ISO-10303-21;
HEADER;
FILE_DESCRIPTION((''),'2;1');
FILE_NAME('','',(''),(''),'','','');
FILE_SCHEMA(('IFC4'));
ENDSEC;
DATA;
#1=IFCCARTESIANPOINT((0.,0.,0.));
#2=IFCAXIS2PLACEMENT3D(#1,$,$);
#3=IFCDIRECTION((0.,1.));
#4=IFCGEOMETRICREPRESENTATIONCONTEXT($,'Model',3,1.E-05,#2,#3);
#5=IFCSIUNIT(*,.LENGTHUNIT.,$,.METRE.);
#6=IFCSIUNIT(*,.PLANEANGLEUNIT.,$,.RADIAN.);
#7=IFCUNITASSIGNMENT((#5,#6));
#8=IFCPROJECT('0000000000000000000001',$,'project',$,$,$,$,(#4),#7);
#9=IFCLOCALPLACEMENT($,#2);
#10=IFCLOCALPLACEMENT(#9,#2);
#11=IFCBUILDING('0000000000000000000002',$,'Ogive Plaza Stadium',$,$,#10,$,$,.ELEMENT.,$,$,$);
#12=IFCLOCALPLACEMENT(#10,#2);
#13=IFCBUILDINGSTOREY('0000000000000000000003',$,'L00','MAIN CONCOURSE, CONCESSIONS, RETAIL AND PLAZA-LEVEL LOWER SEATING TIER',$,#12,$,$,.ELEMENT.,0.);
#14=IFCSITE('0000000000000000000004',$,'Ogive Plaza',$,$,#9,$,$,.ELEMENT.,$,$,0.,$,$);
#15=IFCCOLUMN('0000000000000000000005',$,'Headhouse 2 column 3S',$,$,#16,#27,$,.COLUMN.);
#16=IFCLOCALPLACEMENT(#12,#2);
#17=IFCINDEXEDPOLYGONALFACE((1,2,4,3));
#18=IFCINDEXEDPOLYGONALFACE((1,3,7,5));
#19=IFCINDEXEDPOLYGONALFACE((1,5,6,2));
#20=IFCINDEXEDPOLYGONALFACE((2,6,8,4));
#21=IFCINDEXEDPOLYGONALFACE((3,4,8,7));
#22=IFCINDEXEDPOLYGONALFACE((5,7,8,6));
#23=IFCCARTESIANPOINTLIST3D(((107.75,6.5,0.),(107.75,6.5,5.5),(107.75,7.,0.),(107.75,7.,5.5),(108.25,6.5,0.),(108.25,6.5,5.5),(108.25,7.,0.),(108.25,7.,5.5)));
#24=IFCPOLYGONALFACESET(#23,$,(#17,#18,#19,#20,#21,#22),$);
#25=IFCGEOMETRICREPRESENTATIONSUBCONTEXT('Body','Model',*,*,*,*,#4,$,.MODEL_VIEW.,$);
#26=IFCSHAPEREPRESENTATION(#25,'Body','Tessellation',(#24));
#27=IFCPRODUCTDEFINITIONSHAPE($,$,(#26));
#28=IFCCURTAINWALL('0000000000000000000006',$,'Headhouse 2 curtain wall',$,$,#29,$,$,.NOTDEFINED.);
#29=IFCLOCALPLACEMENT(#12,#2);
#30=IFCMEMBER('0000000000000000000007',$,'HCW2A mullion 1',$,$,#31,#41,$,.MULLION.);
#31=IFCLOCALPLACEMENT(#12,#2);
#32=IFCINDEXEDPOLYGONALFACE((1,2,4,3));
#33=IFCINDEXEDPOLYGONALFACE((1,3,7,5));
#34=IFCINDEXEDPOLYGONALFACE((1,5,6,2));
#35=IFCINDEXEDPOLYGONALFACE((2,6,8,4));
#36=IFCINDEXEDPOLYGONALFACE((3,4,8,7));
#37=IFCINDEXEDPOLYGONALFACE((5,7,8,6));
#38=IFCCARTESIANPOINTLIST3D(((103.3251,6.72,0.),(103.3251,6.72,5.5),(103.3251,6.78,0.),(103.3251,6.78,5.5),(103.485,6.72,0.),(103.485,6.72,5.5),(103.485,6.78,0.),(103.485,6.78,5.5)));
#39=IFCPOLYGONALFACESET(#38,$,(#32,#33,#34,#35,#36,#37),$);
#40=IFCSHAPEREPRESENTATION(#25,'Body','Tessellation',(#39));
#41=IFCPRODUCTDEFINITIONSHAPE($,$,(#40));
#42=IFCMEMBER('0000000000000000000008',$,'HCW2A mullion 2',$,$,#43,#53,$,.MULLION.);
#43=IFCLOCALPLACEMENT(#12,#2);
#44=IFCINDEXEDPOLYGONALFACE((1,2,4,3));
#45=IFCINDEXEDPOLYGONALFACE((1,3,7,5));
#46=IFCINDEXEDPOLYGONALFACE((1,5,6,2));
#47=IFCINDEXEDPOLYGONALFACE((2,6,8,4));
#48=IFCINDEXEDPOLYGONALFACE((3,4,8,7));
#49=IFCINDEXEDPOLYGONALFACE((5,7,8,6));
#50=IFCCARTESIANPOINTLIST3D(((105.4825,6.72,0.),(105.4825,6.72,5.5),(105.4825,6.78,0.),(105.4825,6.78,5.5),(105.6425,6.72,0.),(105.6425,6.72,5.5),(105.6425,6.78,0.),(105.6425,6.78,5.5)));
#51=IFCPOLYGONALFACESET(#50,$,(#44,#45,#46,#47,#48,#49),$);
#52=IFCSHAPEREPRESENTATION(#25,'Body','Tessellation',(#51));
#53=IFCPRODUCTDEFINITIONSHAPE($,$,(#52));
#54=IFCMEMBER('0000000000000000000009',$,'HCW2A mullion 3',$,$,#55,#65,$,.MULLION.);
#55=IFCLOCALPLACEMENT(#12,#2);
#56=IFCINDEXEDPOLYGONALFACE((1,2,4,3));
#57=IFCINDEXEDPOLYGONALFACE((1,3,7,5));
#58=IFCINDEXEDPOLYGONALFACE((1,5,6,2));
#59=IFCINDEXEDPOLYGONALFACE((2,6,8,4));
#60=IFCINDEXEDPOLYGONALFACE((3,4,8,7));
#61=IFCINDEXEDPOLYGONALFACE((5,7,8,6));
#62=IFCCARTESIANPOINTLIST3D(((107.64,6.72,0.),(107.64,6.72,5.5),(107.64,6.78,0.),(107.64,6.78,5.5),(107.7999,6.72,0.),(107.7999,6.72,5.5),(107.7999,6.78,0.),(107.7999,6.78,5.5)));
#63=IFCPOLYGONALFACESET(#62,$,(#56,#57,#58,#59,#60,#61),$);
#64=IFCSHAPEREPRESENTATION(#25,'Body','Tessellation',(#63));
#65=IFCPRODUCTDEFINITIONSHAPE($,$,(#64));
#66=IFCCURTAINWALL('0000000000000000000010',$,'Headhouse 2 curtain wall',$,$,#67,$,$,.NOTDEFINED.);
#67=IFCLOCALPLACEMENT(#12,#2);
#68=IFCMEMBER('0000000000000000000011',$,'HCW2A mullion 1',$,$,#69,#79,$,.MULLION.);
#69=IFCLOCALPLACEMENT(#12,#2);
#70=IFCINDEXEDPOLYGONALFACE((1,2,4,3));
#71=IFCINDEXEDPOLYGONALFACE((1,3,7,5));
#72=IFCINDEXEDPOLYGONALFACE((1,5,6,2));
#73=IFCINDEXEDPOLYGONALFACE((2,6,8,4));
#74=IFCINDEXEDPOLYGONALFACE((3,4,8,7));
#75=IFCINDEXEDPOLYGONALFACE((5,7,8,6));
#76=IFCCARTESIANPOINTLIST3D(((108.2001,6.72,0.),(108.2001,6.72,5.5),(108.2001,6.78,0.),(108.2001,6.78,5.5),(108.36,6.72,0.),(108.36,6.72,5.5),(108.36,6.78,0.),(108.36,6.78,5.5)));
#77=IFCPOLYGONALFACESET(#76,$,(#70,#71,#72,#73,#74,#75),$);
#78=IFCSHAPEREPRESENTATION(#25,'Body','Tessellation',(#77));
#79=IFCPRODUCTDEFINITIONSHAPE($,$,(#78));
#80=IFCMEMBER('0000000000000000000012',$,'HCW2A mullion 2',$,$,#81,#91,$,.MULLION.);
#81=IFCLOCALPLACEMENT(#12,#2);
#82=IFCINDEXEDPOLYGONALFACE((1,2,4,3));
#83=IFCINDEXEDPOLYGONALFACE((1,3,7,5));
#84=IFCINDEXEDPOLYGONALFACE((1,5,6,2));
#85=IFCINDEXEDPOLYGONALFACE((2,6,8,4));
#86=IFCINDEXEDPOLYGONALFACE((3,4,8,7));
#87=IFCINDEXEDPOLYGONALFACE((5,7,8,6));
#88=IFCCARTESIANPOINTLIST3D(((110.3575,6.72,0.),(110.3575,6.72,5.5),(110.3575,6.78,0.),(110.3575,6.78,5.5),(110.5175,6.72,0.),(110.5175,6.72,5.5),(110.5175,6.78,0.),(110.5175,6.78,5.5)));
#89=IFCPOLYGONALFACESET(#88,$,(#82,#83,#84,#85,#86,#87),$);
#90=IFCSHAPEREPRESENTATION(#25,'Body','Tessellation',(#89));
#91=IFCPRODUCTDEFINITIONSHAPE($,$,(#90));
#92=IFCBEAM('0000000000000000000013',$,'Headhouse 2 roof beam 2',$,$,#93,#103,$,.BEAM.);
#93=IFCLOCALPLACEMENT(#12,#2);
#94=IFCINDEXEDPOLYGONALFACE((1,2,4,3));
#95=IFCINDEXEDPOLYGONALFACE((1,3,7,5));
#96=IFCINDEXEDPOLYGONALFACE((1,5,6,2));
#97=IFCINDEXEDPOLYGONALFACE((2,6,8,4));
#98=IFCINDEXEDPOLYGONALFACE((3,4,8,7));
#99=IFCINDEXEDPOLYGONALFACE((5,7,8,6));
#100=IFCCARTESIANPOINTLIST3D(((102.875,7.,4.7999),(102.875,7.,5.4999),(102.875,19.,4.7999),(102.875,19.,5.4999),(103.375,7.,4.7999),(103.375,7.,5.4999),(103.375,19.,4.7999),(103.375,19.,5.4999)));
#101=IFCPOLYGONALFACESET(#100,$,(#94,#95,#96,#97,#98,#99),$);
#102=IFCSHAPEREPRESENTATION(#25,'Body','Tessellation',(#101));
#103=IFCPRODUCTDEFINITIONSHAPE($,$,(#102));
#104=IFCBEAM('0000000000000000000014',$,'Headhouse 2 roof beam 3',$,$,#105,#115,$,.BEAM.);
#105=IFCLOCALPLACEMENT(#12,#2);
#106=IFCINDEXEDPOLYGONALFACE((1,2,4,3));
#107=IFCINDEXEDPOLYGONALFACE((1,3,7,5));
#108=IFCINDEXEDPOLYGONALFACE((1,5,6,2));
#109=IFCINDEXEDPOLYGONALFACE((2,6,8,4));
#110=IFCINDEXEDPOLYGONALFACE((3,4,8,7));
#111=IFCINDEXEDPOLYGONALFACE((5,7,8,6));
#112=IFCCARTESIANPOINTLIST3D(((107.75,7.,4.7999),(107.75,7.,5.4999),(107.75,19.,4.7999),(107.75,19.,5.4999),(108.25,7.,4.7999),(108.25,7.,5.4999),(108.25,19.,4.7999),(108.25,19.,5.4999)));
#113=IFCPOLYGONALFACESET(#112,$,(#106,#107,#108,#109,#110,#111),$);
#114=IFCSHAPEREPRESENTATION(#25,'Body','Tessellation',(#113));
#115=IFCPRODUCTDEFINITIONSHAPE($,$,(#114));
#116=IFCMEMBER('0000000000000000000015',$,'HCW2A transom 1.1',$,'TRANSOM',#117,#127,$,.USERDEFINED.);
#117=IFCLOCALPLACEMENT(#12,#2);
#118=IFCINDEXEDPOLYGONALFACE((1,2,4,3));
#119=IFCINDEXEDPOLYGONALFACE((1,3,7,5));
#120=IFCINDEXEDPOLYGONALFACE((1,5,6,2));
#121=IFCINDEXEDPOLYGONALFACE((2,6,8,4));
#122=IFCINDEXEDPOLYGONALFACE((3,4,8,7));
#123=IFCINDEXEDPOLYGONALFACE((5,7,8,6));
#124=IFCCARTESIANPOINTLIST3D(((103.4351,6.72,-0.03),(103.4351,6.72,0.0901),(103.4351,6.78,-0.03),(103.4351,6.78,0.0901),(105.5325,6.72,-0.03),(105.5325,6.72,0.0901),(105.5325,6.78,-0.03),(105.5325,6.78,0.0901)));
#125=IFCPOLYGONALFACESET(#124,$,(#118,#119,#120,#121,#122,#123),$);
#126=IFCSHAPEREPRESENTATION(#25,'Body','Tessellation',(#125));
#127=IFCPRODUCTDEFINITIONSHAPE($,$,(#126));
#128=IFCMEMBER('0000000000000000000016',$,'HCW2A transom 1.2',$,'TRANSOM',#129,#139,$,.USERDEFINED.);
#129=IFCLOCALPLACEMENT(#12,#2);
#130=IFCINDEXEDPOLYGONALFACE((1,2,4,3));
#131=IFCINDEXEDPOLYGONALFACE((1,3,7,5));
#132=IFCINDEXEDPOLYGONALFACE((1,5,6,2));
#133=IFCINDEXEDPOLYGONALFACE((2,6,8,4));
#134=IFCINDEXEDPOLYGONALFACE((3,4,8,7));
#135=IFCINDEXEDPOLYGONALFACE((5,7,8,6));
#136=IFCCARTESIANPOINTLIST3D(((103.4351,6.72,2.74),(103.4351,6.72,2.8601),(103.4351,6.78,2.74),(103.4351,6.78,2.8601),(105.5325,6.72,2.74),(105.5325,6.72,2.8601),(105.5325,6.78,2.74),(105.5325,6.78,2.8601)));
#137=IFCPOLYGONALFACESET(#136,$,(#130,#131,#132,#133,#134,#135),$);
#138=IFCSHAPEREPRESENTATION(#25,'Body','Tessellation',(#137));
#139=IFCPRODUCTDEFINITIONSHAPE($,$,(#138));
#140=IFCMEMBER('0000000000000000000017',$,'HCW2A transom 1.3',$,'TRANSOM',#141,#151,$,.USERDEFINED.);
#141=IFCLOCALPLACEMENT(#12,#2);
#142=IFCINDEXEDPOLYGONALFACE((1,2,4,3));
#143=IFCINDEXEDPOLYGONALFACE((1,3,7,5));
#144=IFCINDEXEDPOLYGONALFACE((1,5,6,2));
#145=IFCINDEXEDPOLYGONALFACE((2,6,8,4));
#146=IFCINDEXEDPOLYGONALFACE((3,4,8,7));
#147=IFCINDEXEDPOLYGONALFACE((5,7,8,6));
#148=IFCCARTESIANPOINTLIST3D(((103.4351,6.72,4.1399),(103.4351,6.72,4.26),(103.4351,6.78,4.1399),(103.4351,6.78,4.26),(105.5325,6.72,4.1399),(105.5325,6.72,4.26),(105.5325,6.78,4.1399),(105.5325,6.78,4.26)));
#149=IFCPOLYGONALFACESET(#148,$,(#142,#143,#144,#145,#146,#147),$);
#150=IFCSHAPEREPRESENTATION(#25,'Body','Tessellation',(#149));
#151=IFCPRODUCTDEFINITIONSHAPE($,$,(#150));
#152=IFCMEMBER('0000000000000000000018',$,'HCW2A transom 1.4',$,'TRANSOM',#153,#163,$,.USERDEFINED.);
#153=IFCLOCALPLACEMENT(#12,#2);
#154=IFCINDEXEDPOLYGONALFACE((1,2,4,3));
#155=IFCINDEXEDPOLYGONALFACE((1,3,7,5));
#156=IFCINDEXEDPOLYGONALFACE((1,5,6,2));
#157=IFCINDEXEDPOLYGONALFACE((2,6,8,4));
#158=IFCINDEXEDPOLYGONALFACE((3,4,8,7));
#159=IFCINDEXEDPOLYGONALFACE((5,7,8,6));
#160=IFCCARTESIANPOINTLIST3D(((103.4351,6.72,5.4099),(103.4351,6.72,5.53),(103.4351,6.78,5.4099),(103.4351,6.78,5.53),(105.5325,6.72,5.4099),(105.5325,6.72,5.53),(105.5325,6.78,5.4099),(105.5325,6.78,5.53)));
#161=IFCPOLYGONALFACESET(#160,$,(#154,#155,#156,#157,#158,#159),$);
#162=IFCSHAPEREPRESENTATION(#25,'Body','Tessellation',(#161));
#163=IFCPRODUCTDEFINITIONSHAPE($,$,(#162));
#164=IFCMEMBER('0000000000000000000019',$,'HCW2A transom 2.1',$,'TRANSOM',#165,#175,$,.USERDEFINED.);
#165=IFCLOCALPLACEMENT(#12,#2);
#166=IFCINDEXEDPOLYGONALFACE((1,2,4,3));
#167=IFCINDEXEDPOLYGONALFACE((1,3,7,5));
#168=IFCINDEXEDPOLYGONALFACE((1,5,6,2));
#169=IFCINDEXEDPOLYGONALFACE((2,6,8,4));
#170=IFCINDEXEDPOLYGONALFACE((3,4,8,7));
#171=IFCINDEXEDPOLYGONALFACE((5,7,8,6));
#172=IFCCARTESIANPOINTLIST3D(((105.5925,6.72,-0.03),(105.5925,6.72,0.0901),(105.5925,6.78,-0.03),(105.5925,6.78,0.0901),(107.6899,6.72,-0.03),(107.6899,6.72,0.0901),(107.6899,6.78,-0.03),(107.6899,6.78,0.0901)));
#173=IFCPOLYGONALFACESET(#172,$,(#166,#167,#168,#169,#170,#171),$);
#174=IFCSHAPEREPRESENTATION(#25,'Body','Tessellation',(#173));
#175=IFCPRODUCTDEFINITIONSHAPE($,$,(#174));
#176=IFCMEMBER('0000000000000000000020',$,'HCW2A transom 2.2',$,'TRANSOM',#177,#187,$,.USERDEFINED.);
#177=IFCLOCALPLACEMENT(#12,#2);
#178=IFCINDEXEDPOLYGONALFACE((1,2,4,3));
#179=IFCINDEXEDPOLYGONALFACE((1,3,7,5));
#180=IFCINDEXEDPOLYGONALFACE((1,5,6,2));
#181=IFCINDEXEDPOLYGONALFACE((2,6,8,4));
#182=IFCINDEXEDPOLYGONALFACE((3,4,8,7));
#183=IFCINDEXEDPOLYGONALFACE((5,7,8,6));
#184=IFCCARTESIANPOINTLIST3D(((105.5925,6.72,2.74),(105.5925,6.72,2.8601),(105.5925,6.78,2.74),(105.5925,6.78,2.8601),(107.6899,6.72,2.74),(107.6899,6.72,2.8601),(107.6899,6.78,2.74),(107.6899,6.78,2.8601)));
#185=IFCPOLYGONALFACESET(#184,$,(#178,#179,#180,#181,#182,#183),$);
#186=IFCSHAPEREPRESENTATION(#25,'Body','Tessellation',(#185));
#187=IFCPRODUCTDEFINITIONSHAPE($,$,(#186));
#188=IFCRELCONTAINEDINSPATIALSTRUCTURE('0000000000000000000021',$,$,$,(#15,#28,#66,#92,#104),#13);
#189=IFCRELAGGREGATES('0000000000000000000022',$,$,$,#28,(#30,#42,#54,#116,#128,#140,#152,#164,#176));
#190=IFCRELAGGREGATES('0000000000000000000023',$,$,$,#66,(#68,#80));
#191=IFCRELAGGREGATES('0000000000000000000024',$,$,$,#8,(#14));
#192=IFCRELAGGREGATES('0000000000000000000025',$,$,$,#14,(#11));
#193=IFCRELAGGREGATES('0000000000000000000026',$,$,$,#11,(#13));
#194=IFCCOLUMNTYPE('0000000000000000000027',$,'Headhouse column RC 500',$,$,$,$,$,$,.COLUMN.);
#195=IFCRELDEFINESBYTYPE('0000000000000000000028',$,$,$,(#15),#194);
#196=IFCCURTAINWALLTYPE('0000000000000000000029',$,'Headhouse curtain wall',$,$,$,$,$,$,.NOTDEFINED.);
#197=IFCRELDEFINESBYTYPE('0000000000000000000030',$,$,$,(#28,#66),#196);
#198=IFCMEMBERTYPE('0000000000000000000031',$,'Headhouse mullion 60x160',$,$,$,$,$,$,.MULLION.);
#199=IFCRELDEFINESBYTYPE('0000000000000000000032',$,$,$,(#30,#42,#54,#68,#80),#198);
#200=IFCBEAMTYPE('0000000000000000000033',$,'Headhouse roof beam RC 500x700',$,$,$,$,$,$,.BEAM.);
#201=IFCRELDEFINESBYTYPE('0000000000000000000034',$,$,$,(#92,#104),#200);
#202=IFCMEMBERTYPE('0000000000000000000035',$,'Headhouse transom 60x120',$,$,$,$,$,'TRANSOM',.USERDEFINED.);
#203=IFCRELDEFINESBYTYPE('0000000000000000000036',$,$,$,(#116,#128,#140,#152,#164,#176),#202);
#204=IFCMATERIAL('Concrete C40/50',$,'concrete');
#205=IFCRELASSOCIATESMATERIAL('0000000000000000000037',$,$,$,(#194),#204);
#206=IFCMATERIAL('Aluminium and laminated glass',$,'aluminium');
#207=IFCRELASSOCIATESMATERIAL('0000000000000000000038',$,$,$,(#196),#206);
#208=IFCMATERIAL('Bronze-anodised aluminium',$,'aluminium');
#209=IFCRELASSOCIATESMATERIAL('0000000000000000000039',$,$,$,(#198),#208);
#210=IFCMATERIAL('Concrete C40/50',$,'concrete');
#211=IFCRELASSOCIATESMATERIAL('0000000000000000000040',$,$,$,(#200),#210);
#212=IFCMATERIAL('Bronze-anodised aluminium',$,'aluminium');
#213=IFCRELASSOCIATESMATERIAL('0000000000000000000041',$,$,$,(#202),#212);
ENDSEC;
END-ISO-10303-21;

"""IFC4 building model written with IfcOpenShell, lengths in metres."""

from ifc_helpers import new_model, si_unit, direction, frame, origin, origin_2d, place, context, subcontext, project, spatial, rectangle, extrude, material, material_profile, profile_set, type_object, element, aggregate, save


model = new_model("IFC4")

# Units and contexts
model_context = context("Model", 3, precision=1e-05, world=origin(), true_north=direction((0.0, 1.0)))
body_context = subcontext(model_context, "Body", "Model", "MODEL_VIEW")
ifc_project = project(units=[si_unit("LENGTHUNIT", "METRE"), si_unit("PLANEANGLEUNIT", "RADIAN")], contexts=[model_context])

# Site, building, storey
site_placement = place(None, origin())
site = spatial("IfcSite", under=ifc_project, at=site_placement, Name="Ogive Plaza", CompositionType="ELEMENT", RefElevation=0.0)
building_placement = place(site_placement, origin())
building = spatial("IfcBuilding", under=site, at=building_placement, Name="Ogive Plaza Stadium", CompositionType="ELEMENT")
storey_placement = place(building_placement, origin())
storey = spatial("IfcBuildingStorey", under=building, at=storey_placement, Name="L00", Description="MAIN CONCOURSE, CONCESSIONS, RETAIL AND PLAZA-LEVEL LOWER SEATING TIER", CompositionType="ELEMENT", Elevation=0.0)

# Column
ifc_material_1 = material(Name="Concrete C40/50", Category="concrete")
ifc_material_profile_1 = material_profile(ifc_material_1, rectangle(XDim=0.5, YDim=0.5, at=origin_2d()), Name="Headhouse column RC 500")
ifc_profile_set_1 = profile_set([ifc_material_profile_1], Name="Concrete C40/50")
column_type = type_object("IfcColumnType", Name="Headhouse column RC 500", PredefinedType="COLUMN", material=ifc_profile_set_1)
column_placement = place(storey_placement, frame((108.0, 6.75, 0.0), z_axis=(0.0, 0.0, 1.0), x_axis=(1.0, 0.0, 0.0)))
element("IfcColumn", 1, at=column_placement, inside=storey, type_object=column_type, Name="Headhouse 2 column 3S", PredefinedType="COLUMN", context=body_context, shape_type="SweptSolid", body=[
    extrude(rectangle(XDim=0.5, YDim=0.5, at=origin_2d()), origin(), (0.0, 0.0, 1.0), 5.5),
])

# Curtain walls, members
ifc_material_2 = material(Name="Aluminium and laminated glass", Category="aluminium")
curtain_wall_type = type_object("IfcCurtainWallType", Name="Headhouse curtain wall", PredefinedType="NOTDEFINED", material=ifc_material_2)
curtain_wall_1_placement = place(storey_placement, origin())
curtain_wall_1 = element("IfcCurtainWall", 2, at=curtain_wall_1_placement, inside=storey, type_object=curtain_wall_type, Name="Headhouse 2 curtain wall", PredefinedType="NOTDEFINED")
ifc_material_3 = material(Name="Bronze-anodised aluminium", Category="aluminium")
ifc_material_profile_2 = material_profile(ifc_material_3, rectangle(XDim=0.0601, YDim=0.1599, at=origin_2d()), Name="Headhouse mullion 60x160")
ifc_profile_set_2 = profile_set([ifc_material_profile_2], Name="Bronze-anodised aluminium")
member_type_1 = type_object("IfcMemberType", Name="Headhouse mullion 60x160", PredefinedType="MULLION", material=ifc_profile_set_2)
member_1_placement = place(storey_placement, frame((103.405, 6.75, 0.0), z_axis=(0.0, 0.0, 1.0), x_axis=(0.0, 1.0, 0.0)))
member_1 = element("IfcMember", 3, at=member_1_placement, type_object=member_type_1, Name="HCW2A mullion 1", PredefinedType="MULLION", context=body_context, shape_type="SweptSolid", body=[
    extrude(rectangle(XDim=0.0601, YDim=0.1599, at=origin_2d()), origin(), (0.0, 0.0, 1.0), 5.5),
])
member_2_placement = place(storey_placement, frame((105.5625, 6.75, 0.0), z_axis=(0.0, 0.0, 1.0), x_axis=(0.0, 1.0, 0.0)))
member_2 = element("IfcMember", 4, at=member_2_placement, type_object=member_type_1, Name="HCW2A mullion 2", PredefinedType="MULLION", context=body_context, shape_type="SweptSolid", body=[
    extrude(rectangle(XDim=0.0601, YDim=0.1599, at=origin_2d()), origin(), (0.0, 0.0, 1.0), 5.5),
])
member_3_placement = place(storey_placement, frame((107.72, 6.75, 0.0), z_axis=(0.0, 0.0, 1.0), x_axis=(0.0, 1.0, 0.0)))
member_3 = element("IfcMember", 5, at=member_3_placement, type_object=member_type_1, Name="HCW2A mullion 3", PredefinedType="MULLION", context=body_context, shape_type="SweptSolid", body=[
    extrude(rectangle(XDim=0.0601, YDim=0.1599, at=origin_2d()), origin(), (0.0, 0.0, 1.0), 5.5),
])
curtain_wall_2_placement = place(storey_placement, origin())
curtain_wall_2 = element("IfcCurtainWall", 6, at=curtain_wall_2_placement, inside=storey, type_object=curtain_wall_type, Name="Headhouse 2 curtain wall", PredefinedType="NOTDEFINED")
member_4_placement = place(storey_placement, frame((108.28, 6.75, 0.0), z_axis=(0.0, 0.0, 1.0), x_axis=(0.0, 1.0, 0.0)))
member_4 = element("IfcMember", 7, at=member_4_placement, type_object=member_type_1, Name="HCW2A mullion 1", PredefinedType="MULLION", context=body_context, shape_type="SweptSolid", body=[
    extrude(rectangle(XDim=0.0601, YDim=0.1599, at=origin_2d()), origin(), (0.0, 0.0, 1.0), 5.5),
])
member_5_placement = place(storey_placement, frame((110.4375, 6.75, 0.0), z_axis=(0.0, 0.0, 1.0), x_axis=(0.0, 1.0, 0.0)))
member_5 = element("IfcMember", 8, at=member_5_placement, type_object=member_type_1, Name="HCW2A mullion 2", PredefinedType="MULLION", context=body_context, shape_type="SweptSolid", body=[
    extrude(rectangle(XDim=0.0601, YDim=0.1599, at=origin_2d()), origin(), (0.0, 0.0, 1.0), 5.5),
])

# Beams
ifc_material_4 = material(Name="Concrete C40/50", Category="concrete")
ifc_material_profile_3 = material_profile(ifc_material_4, rectangle(XDim=0.5, YDim=0.7, at=origin_2d()), Name="Headhouse roof beam RC 500x700")
ifc_profile_set_3 = profile_set([ifc_material_profile_3], Name="Concrete C40/50")
beam_type = type_object("IfcBeamType", Name="Headhouse roof beam RC 500x700", PredefinedType="BEAM", material=ifc_profile_set_3)
for number, where, z_axis, x_axis, name in (
    (9, (103.125, 7.0, 5.1499), (0.0, 1.0, 0.0), (-1.0, 0.0, 0.0), "Headhouse 2 roof beam 2"),
    (10, (108.0, 7.0, 5.1499), (0.0, 1.0, 0.0), (-1.0, 0.0, 0.0), "Headhouse 2 roof beam 3"),
):
    element("IfcBeam", number, at=place(storey_placement, frame(where, z_axis=z_axis, x_axis=x_axis)), inside=storey, type_object=beam_type, Name=name, PredefinedType="BEAM", context=body_context, shape_type="SweptSolid", body=[
        extrude(rectangle(XDim=0.5, YDim=0.7, at=origin_2d()), origin(), (0.0, 0.0, 1.0), 12.0),
    ])

# Members
ifc_material_5 = material(Name="Bronze-anodised aluminium", Category="aluminium")
ifc_material_profile_4 = material_profile(ifc_material_5, rectangle(XDim=0.0601, YDim=0.1201, at=origin_2d()), Name="Headhouse transom 60x120")
ifc_profile_set_4 = profile_set([ifc_material_profile_4], Name="Bronze-anodised aluminium")
member_type_2 = type_object("IfcMemberType", Name="Headhouse transom 60x120", ElementType="TRANSOM", PredefinedType="USERDEFINED", material=ifc_profile_set_4)
member_6_placement = place(storey_placement, frame((103.4351, 6.75, 0.03), z_axis=(1.0, 0.0, 0.0), x_axis=(0.0, 1.0, 0.0)))
member_6 = element("IfcMember", 11, at=member_6_placement, type_object=member_type_2, Name="HCW2A transom 1.1", ObjectType="TRANSOM", PredefinedType="USERDEFINED", context=body_context, shape_type="SweptSolid", body=[
    extrude(rectangle(XDim=0.0601, YDim=0.1201, at=origin_2d()), origin(), (0.0, 0.0, 1.0), 2.0974),
])
member_7_placement = place(storey_placement, frame((103.4351, 6.75, 2.8), z_axis=(1.0, 0.0, 0.0), x_axis=(0.0, 1.0, 0.0)))
member_7 = element("IfcMember", 12, at=member_7_placement, type_object=member_type_2, Name="HCW2A transom 1.2", ObjectType="TRANSOM", PredefinedType="USERDEFINED", context=body_context, shape_type="SweptSolid", body=[
    extrude(rectangle(XDim=0.0601, YDim=0.1201, at=origin_2d()), origin(), (0.0, 0.0, 1.0), 2.0974),
])
member_8_placement = place(storey_placement, frame((103.4351, 6.75, 4.2), z_axis=(1.0, 0.0, 0.0), x_axis=(0.0, 1.0, 0.0)))
member_8 = element("IfcMember", 13, at=member_8_placement, type_object=member_type_2, Name="HCW2A transom 1.3", ObjectType="TRANSOM", PredefinedType="USERDEFINED", context=body_context, shape_type="SweptSolid", body=[
    extrude(rectangle(XDim=0.0601, YDim=0.1201, at=origin_2d()), origin(), (0.0, 0.0, 1.0), 2.0974),
])
member_9_placement = place(storey_placement, frame((103.4351, 6.75, 5.47), z_axis=(1.0, 0.0, 0.0), x_axis=(0.0, 1.0, 0.0)))
member_9 = element("IfcMember", 14, at=member_9_placement, type_object=member_type_2, Name="HCW2A transom 1.4", ObjectType="TRANSOM", PredefinedType="USERDEFINED", context=body_context, shape_type="SweptSolid", body=[
    extrude(rectangle(XDim=0.0601, YDim=0.1201, at=origin_2d()), origin(), (0.0, 0.0, 1.0), 2.0974),
])
member_10_placement = place(storey_placement, frame((105.5925, 6.75, 0.03), z_axis=(1.0, 0.0, 0.0), x_axis=(0.0, 1.0, 0.0)))
member_10 = element("IfcMember", 15, at=member_10_placement, type_object=member_type_2, Name="HCW2A transom 2.1", ObjectType="TRANSOM", PredefinedType="USERDEFINED", context=body_context, shape_type="SweptSolid", body=[
    extrude(rectangle(XDim=0.0601, YDim=0.1201, at=origin_2d()), origin(), (0.0, 0.0, 1.0), 2.0974),
])
member_11_placement = place(storey_placement, frame((105.5925, 6.75, 2.8), z_axis=(1.0, 0.0, 0.0), x_axis=(0.0, 1.0, 0.0)))
member_11 = element("IfcMember", 16, at=member_11_placement, type_object=member_type_2, Name="HCW2A transom 2.2", ObjectType="TRANSOM", PredefinedType="USERDEFINED", context=body_context, shape_type="SweptSolid", body=[
    extrude(rectangle(XDim=0.0601, YDim=0.1201, at=origin_2d()), origin(), (0.0, 0.0, 1.0), 2.0974),
])

aggregate(curtain_wall_1, [member_1, member_2, member_3, member_6, member_7, member_8, member_9, member_10, member_11])
aggregate(curtain_wall_2, [member_4, member_5])

save(model, "model.ifc")
